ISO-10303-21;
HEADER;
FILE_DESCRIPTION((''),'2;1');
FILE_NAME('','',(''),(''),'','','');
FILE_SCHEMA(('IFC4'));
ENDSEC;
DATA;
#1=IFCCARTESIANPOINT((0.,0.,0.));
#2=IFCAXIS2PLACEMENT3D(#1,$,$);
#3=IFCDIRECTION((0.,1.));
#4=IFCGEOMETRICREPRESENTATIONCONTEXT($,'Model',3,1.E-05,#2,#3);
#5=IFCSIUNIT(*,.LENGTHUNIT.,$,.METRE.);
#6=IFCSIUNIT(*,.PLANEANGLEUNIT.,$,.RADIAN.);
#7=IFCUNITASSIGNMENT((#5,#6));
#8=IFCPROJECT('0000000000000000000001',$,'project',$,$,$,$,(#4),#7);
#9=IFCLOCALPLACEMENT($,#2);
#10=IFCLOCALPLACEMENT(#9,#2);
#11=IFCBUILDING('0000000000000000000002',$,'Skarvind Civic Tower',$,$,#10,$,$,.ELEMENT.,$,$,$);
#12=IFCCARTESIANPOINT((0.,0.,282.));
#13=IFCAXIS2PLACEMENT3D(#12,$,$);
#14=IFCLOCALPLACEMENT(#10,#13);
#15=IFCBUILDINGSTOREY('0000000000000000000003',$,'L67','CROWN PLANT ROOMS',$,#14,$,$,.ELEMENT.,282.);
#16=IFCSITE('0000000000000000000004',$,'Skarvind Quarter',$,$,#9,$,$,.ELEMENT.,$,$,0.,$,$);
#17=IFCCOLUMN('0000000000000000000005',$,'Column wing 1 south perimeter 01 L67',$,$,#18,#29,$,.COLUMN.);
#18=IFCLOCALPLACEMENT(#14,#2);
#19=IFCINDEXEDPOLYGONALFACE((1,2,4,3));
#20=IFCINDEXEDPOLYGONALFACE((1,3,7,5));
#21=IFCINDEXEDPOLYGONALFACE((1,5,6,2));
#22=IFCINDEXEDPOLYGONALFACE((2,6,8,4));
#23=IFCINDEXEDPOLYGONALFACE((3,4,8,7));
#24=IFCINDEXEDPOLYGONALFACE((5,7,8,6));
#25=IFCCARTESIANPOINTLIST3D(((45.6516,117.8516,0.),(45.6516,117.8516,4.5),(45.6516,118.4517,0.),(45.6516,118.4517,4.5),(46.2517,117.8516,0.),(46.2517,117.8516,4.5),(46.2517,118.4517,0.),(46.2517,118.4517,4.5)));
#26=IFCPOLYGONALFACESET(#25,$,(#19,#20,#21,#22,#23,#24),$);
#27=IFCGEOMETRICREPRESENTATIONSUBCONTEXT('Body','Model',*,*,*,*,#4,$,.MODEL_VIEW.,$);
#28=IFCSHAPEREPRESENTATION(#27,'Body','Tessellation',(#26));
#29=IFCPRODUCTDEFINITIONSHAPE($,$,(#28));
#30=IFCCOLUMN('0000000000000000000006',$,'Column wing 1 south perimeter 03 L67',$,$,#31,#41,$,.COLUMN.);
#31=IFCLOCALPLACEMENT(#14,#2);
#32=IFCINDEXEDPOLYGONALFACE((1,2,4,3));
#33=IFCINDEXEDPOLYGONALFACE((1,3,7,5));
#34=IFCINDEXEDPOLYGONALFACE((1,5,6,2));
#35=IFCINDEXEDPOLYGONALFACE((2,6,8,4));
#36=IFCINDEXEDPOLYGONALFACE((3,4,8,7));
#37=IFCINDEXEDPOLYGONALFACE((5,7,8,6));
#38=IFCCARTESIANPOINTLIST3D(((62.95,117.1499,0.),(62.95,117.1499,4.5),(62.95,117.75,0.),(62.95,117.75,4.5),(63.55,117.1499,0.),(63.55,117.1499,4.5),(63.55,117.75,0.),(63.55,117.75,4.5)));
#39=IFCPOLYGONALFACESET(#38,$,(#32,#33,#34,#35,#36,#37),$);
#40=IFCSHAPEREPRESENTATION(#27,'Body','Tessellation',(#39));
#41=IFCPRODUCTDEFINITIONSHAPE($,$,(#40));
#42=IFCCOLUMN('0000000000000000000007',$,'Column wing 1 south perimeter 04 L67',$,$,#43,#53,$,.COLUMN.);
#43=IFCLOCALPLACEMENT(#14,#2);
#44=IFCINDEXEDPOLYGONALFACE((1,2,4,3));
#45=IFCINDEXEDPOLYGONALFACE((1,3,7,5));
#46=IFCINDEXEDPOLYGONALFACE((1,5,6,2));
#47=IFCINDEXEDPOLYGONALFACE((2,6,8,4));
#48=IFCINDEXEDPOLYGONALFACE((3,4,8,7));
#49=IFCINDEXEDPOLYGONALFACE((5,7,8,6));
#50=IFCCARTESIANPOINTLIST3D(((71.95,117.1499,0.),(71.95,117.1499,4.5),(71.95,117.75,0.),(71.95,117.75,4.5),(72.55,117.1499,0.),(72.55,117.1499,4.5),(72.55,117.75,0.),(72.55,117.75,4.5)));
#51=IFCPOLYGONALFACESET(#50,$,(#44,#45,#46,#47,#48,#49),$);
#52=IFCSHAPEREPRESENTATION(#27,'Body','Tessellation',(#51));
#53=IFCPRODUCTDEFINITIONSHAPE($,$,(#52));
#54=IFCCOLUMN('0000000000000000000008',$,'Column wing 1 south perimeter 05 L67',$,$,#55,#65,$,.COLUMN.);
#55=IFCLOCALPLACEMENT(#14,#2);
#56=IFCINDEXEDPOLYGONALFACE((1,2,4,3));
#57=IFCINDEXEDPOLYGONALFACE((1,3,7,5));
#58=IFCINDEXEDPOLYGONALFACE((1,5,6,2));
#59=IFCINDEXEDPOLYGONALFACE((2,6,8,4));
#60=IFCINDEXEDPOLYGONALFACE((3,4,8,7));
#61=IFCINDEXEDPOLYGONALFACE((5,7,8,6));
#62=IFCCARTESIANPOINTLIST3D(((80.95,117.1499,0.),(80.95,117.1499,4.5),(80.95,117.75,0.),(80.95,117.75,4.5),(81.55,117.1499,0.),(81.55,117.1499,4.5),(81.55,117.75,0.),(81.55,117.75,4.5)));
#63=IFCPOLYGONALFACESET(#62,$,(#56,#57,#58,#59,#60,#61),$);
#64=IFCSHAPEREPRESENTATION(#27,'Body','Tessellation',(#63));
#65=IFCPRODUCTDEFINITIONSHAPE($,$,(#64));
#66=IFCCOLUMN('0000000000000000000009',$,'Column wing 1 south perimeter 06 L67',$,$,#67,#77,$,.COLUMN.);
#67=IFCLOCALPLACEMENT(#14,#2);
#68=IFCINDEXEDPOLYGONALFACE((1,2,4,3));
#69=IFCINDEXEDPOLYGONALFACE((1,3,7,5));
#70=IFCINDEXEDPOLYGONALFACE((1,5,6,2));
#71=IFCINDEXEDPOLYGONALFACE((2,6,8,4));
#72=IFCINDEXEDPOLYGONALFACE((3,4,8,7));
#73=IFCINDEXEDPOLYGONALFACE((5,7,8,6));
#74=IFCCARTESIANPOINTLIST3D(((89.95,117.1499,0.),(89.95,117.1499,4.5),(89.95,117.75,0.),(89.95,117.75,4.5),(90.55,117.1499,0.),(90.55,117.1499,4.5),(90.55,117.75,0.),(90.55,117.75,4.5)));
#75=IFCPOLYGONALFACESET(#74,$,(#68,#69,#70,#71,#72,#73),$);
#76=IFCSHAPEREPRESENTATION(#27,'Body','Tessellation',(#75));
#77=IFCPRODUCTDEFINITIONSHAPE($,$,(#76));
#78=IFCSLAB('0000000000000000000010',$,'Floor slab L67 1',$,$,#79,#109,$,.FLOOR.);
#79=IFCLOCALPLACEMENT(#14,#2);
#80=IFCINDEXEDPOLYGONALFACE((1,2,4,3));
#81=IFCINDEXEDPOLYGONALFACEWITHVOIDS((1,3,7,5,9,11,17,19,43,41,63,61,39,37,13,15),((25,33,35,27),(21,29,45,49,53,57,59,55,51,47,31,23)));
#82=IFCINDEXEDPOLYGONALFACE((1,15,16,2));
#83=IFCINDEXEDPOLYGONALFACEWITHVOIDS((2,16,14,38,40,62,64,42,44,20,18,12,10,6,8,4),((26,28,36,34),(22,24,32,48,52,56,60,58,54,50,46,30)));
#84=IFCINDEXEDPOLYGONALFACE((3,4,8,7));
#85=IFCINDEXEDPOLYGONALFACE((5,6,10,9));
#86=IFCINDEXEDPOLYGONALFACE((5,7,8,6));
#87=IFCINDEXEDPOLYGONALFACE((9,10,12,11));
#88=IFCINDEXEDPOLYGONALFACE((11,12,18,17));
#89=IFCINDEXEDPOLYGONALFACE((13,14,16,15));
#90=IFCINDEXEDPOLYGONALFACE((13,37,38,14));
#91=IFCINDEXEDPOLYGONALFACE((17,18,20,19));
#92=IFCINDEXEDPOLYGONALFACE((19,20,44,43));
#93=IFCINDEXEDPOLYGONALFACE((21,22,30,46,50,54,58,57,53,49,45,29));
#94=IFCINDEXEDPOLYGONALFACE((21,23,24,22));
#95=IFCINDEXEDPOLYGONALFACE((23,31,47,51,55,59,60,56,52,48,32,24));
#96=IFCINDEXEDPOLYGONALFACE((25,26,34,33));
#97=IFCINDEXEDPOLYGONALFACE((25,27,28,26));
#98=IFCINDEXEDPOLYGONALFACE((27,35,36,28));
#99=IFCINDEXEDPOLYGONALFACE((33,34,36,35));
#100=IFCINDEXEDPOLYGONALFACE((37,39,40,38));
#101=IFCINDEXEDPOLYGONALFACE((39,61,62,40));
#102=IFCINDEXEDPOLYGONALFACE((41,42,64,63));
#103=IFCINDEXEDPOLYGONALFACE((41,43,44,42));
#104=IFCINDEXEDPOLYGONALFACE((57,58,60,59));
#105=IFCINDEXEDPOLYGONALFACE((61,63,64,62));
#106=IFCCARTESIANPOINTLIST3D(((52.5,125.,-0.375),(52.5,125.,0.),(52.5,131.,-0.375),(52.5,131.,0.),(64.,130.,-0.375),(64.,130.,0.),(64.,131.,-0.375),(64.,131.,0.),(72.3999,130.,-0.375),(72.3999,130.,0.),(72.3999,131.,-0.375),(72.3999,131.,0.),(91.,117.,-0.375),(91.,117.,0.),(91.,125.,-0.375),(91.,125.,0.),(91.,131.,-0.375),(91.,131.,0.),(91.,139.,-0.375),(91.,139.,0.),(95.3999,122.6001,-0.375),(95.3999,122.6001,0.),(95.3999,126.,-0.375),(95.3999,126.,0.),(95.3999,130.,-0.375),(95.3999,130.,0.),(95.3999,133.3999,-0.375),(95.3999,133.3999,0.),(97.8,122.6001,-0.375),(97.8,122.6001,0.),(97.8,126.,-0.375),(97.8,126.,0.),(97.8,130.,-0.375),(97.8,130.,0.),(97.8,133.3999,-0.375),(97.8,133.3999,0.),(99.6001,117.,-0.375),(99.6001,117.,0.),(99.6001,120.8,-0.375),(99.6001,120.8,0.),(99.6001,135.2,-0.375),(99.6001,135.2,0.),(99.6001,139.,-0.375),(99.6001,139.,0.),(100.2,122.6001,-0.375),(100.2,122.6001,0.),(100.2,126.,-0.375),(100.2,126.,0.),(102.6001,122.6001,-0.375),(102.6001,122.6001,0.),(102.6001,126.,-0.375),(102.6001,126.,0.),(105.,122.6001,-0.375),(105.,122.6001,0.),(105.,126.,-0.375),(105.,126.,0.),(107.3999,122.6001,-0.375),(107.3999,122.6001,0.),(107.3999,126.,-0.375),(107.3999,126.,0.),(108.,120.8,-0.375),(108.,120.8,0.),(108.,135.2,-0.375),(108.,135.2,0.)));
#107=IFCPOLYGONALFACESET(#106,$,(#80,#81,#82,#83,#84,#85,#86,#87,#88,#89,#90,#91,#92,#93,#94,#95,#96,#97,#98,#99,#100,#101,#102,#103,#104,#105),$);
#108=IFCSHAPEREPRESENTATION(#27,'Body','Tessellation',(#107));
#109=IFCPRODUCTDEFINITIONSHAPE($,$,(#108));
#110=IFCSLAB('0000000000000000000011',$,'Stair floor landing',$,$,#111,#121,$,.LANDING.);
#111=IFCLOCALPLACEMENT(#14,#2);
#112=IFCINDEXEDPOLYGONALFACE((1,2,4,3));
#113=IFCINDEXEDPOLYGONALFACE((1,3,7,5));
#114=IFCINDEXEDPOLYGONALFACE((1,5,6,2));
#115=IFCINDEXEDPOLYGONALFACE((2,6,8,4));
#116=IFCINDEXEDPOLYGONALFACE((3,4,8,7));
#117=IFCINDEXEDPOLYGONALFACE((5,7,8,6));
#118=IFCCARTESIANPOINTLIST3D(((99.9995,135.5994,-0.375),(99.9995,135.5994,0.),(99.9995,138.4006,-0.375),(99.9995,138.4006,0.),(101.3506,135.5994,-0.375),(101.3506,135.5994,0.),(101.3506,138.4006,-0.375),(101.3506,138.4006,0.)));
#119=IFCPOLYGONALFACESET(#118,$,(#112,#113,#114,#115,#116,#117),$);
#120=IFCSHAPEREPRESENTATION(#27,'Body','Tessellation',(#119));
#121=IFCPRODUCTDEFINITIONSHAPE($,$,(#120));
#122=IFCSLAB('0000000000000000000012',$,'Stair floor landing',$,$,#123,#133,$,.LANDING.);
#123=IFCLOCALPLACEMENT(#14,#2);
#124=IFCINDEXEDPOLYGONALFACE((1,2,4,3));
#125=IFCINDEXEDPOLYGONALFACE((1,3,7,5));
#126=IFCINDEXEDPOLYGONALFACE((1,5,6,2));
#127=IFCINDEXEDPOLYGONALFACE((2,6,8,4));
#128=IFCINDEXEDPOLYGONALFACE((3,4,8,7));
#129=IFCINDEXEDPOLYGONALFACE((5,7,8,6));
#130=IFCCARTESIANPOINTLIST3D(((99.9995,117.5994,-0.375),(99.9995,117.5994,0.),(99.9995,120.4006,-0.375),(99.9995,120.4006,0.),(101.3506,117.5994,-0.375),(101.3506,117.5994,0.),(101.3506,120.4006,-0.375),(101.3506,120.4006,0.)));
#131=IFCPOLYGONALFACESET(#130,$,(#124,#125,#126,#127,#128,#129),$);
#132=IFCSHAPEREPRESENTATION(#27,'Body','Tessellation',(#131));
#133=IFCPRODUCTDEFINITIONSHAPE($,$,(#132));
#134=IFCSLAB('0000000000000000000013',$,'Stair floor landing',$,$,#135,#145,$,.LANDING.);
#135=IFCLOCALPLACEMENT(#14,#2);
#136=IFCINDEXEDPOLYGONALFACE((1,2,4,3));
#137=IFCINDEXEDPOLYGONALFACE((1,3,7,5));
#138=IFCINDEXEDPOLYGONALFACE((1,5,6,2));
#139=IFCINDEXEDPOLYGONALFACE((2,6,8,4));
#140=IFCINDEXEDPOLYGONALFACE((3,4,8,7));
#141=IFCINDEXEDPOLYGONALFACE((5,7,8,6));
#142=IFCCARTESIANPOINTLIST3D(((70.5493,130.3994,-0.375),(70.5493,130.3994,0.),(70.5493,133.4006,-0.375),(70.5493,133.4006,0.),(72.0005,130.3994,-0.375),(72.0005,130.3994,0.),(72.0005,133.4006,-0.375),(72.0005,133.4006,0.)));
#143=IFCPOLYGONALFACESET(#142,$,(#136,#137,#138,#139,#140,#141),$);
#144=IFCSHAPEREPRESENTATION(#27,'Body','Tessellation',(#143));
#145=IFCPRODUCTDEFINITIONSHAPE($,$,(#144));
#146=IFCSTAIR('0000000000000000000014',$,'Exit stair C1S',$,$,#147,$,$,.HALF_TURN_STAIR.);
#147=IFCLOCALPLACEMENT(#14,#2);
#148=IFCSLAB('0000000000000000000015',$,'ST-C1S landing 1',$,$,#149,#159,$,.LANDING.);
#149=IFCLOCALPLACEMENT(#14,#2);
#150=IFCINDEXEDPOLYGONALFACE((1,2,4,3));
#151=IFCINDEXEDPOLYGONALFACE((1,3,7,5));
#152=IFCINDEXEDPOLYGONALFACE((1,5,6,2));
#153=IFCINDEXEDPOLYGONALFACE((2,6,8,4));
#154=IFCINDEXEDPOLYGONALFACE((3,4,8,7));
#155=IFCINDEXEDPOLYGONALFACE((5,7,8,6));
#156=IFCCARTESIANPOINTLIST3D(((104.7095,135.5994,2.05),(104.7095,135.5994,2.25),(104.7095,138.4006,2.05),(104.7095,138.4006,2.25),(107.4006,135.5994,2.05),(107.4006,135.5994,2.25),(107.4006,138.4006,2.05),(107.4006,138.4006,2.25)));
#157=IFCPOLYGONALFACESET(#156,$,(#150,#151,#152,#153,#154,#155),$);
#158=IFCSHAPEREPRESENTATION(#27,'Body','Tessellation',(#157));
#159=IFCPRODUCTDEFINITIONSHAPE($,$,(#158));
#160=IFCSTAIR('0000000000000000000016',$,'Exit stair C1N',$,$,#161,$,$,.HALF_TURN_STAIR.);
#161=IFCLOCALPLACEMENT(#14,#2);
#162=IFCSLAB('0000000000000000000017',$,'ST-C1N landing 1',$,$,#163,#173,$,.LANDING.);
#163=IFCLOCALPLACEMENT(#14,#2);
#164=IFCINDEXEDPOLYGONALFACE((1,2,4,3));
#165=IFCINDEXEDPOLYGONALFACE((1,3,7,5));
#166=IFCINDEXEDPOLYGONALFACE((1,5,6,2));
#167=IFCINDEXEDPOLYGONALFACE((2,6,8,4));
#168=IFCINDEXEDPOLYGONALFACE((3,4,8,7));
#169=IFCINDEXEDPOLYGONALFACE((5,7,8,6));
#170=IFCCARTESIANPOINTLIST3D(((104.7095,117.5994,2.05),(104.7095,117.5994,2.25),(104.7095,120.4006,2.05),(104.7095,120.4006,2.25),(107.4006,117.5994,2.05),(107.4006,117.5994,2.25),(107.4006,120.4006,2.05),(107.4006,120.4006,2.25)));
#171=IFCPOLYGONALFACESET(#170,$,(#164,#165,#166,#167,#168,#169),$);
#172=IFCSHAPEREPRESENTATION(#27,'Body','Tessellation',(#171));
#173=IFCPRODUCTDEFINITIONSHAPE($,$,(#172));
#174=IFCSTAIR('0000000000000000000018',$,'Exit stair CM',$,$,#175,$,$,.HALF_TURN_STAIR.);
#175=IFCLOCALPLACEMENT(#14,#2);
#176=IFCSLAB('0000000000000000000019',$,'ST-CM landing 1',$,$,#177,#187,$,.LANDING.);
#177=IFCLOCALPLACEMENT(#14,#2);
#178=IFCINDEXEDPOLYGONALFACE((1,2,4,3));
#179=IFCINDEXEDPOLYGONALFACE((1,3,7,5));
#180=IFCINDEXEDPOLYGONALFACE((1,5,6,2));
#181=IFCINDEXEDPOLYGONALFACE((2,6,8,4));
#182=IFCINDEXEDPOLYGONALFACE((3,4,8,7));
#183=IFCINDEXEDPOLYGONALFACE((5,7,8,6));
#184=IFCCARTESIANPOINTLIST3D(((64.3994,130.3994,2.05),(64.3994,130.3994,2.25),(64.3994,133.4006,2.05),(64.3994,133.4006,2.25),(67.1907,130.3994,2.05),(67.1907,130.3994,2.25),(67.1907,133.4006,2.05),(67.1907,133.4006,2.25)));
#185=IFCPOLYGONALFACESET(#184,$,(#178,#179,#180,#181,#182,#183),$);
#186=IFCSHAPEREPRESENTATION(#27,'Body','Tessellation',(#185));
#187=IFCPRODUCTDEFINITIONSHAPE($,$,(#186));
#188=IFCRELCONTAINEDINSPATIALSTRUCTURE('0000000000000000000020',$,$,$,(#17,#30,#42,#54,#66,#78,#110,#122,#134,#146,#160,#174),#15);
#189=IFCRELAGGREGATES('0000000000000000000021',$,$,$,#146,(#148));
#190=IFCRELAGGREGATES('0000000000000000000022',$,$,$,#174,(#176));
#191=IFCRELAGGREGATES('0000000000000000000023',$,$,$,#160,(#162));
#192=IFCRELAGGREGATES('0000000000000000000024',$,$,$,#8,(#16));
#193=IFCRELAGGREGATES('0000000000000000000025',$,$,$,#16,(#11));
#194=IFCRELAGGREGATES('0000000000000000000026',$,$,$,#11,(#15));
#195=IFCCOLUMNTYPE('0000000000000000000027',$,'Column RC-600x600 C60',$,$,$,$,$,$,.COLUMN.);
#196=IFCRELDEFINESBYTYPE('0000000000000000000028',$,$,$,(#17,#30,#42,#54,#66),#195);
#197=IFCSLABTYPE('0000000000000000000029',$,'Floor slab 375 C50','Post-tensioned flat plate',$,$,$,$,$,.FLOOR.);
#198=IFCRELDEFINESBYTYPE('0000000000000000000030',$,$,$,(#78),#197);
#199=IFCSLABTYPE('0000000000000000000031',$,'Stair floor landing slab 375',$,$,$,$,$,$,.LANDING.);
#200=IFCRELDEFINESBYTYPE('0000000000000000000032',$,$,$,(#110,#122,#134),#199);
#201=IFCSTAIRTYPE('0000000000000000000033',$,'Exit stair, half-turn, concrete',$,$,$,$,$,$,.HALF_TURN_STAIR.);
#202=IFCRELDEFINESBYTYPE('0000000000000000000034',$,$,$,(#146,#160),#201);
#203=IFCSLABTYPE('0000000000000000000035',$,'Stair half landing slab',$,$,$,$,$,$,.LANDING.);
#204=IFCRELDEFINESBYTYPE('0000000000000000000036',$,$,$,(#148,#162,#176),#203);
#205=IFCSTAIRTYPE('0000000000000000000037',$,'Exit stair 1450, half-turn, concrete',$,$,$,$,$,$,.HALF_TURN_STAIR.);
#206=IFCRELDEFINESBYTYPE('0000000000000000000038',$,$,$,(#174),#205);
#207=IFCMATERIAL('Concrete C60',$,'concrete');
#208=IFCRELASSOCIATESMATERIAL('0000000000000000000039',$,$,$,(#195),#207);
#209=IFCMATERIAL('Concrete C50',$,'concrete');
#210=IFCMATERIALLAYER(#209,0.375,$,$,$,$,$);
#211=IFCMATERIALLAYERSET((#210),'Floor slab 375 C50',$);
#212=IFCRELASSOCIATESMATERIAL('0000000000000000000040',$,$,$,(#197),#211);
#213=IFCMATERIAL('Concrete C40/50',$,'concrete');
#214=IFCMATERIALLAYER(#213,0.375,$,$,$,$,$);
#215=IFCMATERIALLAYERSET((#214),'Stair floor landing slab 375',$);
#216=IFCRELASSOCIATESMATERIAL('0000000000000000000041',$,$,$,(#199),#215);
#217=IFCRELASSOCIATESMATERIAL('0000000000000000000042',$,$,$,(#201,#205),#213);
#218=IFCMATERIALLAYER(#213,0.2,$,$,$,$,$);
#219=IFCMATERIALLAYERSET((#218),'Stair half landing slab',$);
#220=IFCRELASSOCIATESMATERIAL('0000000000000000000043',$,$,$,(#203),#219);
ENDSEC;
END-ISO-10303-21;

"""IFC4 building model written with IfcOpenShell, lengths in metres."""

from ifc_helpers import new_model, si_unit, direction, frame, origin, origin_2d, place, context, subcontext, project, spatial, polyline, rectangle, outline, extrude, material, layer, layer_set, material_profile, profile_set, type_object, element, aggregate, save


model = new_model("IFC4")

# Units and contexts
model_context = context("Model", 3, precision=1e-05, world=origin(), true_north=direction((0.0, 1.0)))
body_context = subcontext(model_context, "Body", "Model", "MODEL_VIEW")
ifc_project = project(units=[si_unit("LENGTHUNIT", "METRE"), si_unit("PLANEANGLEUNIT", "RADIAN")], contexts=[model_context])

# Site, building, storey
site_placement = place(None, origin())
site = spatial("IfcSite", under=ifc_project, at=site_placement, Name="Skarvind Quarter", CompositionType="ELEMENT", RefElevation=0.0)
building_placement = place(site_placement, origin())
building = spatial("IfcBuilding", under=site, at=building_placement, Name="Skarvind Civic Tower", CompositionType="ELEMENT")
storey_placement = place(building_placement, frame((0.0, 0.0, 282.0)))
storey = spatial("IfcBuildingStorey", under=building, at=storey_placement, Name="L67", Description="CROWN PLANT ROOMS", CompositionType="ELEMENT", Elevation=282.0)

# Columns
ifc_material_1 = material(Name="Concrete C60", Category="concrete")
ifc_material_profile = material_profile(ifc_material_1, rectangle(XDim=0.6001, YDim=0.6001, at=origin_2d()), Name="RC-600x600")
ifc_profile_set = profile_set([ifc_material_profile], Name="Concrete C60")
column_type = type_object("IfcColumnType", Name="Column RC-600x600 C60", PredefinedType="COLUMN", material=ifc_profile_set)
for number, where, z_axis, x_axis, name in (
    (1, (45.9517, 118.1516, 0.0), (0.0, 0.0, 1.0), (1.0, 0.0, 0.0), "Column wing 1 south perimeter 01 L67"),
    (2, (63.25, 117.45, 0.0), (0.0, 0.0, 1.0), (1.0, 0.0, 0.0), "Column wing 1 south perimeter 03 L67"),
    (3, (72.25, 117.45, 0.0), (0.0, 0.0, 1.0), (1.0, 0.0, 0.0), "Column wing 1 south perimeter 04 L67"),
    (4, (81.25, 117.45, 0.0), (0.0, 0.0, 1.0), (1.0, 0.0, 0.0), "Column wing 1 south perimeter 05 L67"),
    (5, (90.25, 117.45, 0.0), (0.0, 0.0, 1.0), (1.0, 0.0, 0.0), "Column wing 1 south perimeter 06 L67"),
):
    element("IfcColumn", number, at=place(storey_placement, frame(where, z_axis=z_axis, x_axis=x_axis)), inside=storey, type_object=column_type, Name=name, PredefinedType="COLUMN", context=body_context, shape_type="SweptSolid", body=[
        extrude(rectangle(XDim=0.6001, YDim=0.6001, at=origin_2d()), origin(), (0.0, 0.0, 1.0), 4.5),
    ])

# Slabs
ifc_material_2 = material(Name="Concrete C50", Category="concrete")
ifc_layer_1 = layer(ifc_material_2, 0.375)
ifc_layer_set_1 = layer_set([ifc_layer_1], Name="Floor slab 375 C50")
slab_type_1 = type_object("IfcSlabType", Name="Floor slab 375 C50", Description="Post-tensioned flat plate", PredefinedType="FLOOR", material=ifc_layer_set_1)
slab_1_placement = place(storey_placement, frame((0.0, 0.0, -0.375)))
element("IfcSlab", 6, at=slab_1_placement, inside=storey, type_object=slab_type_1, Name="Floor slab L67 1", PredefinedType="FLOOR", context=body_context, shape_type="SweptSolid", body=[
    extrude(outline(polyline([(99.6001, 117.0), (99.6001, 120.8), (108.0, 120.8), (108.0, 135.2), (99.6001, 135.2), (99.6001, 139.0), (91.0, 139.0), (91.0, 131.0), (72.3999, 131.0), (72.3999, 130.0), (64.0, 130.0), (64.0, 131.0), (52.5, 131.0), (52.5, 125.0), (91.0, 125.0), (91.0, 117.0), (99.6001, 117.0)]), holes=[polyline([(95.3999, 126.0), (97.8, 126.0), (100.2, 126.0), (102.6001, 126.0), (105.0, 126.0), (107.3999, 126.0), (107.3999, 122.6001), (105.0, 122.6001), (102.6001, 122.6001), (100.2, 122.6001), (97.8, 122.6001), (95.3999, 122.6001), (95.3999, 126.0)]), polyline([(95.3999, 133.3999), (97.8, 133.3999), (97.8, 130.0), (95.3999, 130.0), (95.3999, 133.3999)])]), origin(), (0.0, 0.0, 1.0), 0.375),
])
ifc_material_3 = material(Name="Concrete C40/50", Category="concrete")
ifc_layer_2 = layer(ifc_material_3, 0.375)
ifc_layer_set_2 = layer_set([ifc_layer_2], Name="Stair floor landing slab 375")
slab_type_2 = type_object("IfcSlabType", Name="Stair floor landing slab 375", PredefinedType="LANDING", material=ifc_layer_set_2)
slab_2_placement = place(storey_placement, frame((0.0, 0.0, -0.375)))
element("IfcSlab", 7, at=slab_2_placement, inside=storey, type_object=slab_type_2, Name="Stair floor landing", PredefinedType="LANDING", context=body_context, shape_type="SweptSolid", body=[
    extrude(outline(polyline([(101.3506, 138.4006), (101.3506, 135.5994), (99.9995, 135.5994), (99.9995, 138.4006), (101.3506, 138.4006)])), origin(), (0.0, 0.0, 1.0), 0.375),
])
slab_3_placement = place(storey_placement, frame((0.0, 0.0, -0.375)))
element("IfcSlab", 8, at=slab_3_placement, inside=storey, type_object=slab_type_2, Name="Stair floor landing", PredefinedType="LANDING", context=body_context, shape_type="SweptSolid", body=[
    extrude(outline(polyline([(101.3506, 120.4006), (101.3506, 117.5994), (99.9995, 117.5994), (99.9995, 120.4006), (101.3506, 120.4006)])), origin(), (0.0, 0.0, 1.0), 0.375),
])
slab_4_placement = place(storey_placement, frame((0.0, 0.0, -0.375)))
element("IfcSlab", 9, at=slab_4_placement, inside=storey, type_object=slab_type_2, Name="Stair floor landing", PredefinedType="LANDING", context=body_context, shape_type="SweptSolid", body=[
    extrude(outline(polyline([(70.5493, 130.3994), (70.5493, 133.4006), (72.0005, 133.4006), (72.0005, 130.3994), (70.5493, 130.3994)])), origin(), (0.0, 0.0, 1.0), 0.375),
])

# Stairs, slabs
stair_type_1 = type_object("IfcStairType", Name="Exit stair, half-turn, concrete", PredefinedType="HALF_TURN_STAIR", material=ifc_material_3)
stair_1_placement = place(storey_placement, origin())
stair_1 = element("IfcStair", 10, at=stair_1_placement, inside=storey, type_object=stair_type_1, Name="Exit stair C1S", PredefinedType="HALF_TURN_STAIR")
ifc_layer_3 = layer(ifc_material_3, 0.2)
ifc_layer_set_3 = layer_set([ifc_layer_3], Name="Stair half landing slab")
slab_type_3 = type_object("IfcSlabType", Name="Stair half landing slab", PredefinedType="LANDING", material=ifc_layer_set_3)
slab_5_placement = place(storey_placement, frame((0.0, 0.0, 2.05)))
slab_5 = element("IfcSlab", 11, at=slab_5_placement, type_object=slab_type_3, Name="ST-C1S landing 1", PredefinedType="LANDING", context=body_context, shape_type="SweptSolid", body=[
    extrude(outline(polyline([(104.7095, 135.5994), (104.7095, 138.4006), (107.4006, 138.4006), (107.4006, 135.5994), (104.7095, 135.5994)])), origin(), (0.0, 0.0, 1.0), 0.2),
])
aggregate(stair_1, [slab_5])
stair_2_placement = place(storey_placement, origin())
stair_2 = element("IfcStair", 12, at=stair_2_placement, inside=storey, type_object=stair_type_1, Name="Exit stair C1N", PredefinedType="HALF_TURN_STAIR")
slab_6_placement = place(storey_placement, frame((0.0, 0.0, 2.05)))
slab_6 = element("IfcSlab", 13, at=slab_6_placement, type_object=slab_type_3, Name="ST-C1N landing 1", PredefinedType="LANDING", context=body_context, shape_type="SweptSolid", body=[
    extrude(outline(polyline([(104.7095, 117.5994), (104.7095, 120.4006), (107.4006, 120.4006), (107.4006, 117.5994), (104.7095, 117.5994)])), origin(), (0.0, 0.0, 1.0), 0.2),
])
stair_type_2 = type_object("IfcStairType", Name="Exit stair 1450, half-turn, concrete", PredefinedType="HALF_TURN_STAIR", material=ifc_material_3)
stair_3_placement = place(storey_placement, origin())
stair_3 = element("IfcStair", 14, at=stair_3_placement, inside=storey, type_object=stair_type_2, Name="Exit stair CM", PredefinedType="HALF_TURN_STAIR")
slab_7_placement = place(storey_placement, frame((0.0, 0.0, 2.05)))
slab_7 = element("IfcSlab", 15, at=slab_7_placement, type_object=slab_type_3, Name="ST-CM landing 1", PredefinedType="LANDING", context=body_context, shape_type="SweptSolid", body=[
    extrude(outline(polyline([(67.1907, 133.4006), (67.1907, 130.3994), (64.3994, 130.3994), (64.3994, 133.4006), (67.1907, 133.4006)])), origin(), (0.0, 0.0, 1.0), 0.2),
])
aggregate(stair_3, [slab_7])

aggregate(stair_2, [slab_6])

save(model, "model.ifc")
